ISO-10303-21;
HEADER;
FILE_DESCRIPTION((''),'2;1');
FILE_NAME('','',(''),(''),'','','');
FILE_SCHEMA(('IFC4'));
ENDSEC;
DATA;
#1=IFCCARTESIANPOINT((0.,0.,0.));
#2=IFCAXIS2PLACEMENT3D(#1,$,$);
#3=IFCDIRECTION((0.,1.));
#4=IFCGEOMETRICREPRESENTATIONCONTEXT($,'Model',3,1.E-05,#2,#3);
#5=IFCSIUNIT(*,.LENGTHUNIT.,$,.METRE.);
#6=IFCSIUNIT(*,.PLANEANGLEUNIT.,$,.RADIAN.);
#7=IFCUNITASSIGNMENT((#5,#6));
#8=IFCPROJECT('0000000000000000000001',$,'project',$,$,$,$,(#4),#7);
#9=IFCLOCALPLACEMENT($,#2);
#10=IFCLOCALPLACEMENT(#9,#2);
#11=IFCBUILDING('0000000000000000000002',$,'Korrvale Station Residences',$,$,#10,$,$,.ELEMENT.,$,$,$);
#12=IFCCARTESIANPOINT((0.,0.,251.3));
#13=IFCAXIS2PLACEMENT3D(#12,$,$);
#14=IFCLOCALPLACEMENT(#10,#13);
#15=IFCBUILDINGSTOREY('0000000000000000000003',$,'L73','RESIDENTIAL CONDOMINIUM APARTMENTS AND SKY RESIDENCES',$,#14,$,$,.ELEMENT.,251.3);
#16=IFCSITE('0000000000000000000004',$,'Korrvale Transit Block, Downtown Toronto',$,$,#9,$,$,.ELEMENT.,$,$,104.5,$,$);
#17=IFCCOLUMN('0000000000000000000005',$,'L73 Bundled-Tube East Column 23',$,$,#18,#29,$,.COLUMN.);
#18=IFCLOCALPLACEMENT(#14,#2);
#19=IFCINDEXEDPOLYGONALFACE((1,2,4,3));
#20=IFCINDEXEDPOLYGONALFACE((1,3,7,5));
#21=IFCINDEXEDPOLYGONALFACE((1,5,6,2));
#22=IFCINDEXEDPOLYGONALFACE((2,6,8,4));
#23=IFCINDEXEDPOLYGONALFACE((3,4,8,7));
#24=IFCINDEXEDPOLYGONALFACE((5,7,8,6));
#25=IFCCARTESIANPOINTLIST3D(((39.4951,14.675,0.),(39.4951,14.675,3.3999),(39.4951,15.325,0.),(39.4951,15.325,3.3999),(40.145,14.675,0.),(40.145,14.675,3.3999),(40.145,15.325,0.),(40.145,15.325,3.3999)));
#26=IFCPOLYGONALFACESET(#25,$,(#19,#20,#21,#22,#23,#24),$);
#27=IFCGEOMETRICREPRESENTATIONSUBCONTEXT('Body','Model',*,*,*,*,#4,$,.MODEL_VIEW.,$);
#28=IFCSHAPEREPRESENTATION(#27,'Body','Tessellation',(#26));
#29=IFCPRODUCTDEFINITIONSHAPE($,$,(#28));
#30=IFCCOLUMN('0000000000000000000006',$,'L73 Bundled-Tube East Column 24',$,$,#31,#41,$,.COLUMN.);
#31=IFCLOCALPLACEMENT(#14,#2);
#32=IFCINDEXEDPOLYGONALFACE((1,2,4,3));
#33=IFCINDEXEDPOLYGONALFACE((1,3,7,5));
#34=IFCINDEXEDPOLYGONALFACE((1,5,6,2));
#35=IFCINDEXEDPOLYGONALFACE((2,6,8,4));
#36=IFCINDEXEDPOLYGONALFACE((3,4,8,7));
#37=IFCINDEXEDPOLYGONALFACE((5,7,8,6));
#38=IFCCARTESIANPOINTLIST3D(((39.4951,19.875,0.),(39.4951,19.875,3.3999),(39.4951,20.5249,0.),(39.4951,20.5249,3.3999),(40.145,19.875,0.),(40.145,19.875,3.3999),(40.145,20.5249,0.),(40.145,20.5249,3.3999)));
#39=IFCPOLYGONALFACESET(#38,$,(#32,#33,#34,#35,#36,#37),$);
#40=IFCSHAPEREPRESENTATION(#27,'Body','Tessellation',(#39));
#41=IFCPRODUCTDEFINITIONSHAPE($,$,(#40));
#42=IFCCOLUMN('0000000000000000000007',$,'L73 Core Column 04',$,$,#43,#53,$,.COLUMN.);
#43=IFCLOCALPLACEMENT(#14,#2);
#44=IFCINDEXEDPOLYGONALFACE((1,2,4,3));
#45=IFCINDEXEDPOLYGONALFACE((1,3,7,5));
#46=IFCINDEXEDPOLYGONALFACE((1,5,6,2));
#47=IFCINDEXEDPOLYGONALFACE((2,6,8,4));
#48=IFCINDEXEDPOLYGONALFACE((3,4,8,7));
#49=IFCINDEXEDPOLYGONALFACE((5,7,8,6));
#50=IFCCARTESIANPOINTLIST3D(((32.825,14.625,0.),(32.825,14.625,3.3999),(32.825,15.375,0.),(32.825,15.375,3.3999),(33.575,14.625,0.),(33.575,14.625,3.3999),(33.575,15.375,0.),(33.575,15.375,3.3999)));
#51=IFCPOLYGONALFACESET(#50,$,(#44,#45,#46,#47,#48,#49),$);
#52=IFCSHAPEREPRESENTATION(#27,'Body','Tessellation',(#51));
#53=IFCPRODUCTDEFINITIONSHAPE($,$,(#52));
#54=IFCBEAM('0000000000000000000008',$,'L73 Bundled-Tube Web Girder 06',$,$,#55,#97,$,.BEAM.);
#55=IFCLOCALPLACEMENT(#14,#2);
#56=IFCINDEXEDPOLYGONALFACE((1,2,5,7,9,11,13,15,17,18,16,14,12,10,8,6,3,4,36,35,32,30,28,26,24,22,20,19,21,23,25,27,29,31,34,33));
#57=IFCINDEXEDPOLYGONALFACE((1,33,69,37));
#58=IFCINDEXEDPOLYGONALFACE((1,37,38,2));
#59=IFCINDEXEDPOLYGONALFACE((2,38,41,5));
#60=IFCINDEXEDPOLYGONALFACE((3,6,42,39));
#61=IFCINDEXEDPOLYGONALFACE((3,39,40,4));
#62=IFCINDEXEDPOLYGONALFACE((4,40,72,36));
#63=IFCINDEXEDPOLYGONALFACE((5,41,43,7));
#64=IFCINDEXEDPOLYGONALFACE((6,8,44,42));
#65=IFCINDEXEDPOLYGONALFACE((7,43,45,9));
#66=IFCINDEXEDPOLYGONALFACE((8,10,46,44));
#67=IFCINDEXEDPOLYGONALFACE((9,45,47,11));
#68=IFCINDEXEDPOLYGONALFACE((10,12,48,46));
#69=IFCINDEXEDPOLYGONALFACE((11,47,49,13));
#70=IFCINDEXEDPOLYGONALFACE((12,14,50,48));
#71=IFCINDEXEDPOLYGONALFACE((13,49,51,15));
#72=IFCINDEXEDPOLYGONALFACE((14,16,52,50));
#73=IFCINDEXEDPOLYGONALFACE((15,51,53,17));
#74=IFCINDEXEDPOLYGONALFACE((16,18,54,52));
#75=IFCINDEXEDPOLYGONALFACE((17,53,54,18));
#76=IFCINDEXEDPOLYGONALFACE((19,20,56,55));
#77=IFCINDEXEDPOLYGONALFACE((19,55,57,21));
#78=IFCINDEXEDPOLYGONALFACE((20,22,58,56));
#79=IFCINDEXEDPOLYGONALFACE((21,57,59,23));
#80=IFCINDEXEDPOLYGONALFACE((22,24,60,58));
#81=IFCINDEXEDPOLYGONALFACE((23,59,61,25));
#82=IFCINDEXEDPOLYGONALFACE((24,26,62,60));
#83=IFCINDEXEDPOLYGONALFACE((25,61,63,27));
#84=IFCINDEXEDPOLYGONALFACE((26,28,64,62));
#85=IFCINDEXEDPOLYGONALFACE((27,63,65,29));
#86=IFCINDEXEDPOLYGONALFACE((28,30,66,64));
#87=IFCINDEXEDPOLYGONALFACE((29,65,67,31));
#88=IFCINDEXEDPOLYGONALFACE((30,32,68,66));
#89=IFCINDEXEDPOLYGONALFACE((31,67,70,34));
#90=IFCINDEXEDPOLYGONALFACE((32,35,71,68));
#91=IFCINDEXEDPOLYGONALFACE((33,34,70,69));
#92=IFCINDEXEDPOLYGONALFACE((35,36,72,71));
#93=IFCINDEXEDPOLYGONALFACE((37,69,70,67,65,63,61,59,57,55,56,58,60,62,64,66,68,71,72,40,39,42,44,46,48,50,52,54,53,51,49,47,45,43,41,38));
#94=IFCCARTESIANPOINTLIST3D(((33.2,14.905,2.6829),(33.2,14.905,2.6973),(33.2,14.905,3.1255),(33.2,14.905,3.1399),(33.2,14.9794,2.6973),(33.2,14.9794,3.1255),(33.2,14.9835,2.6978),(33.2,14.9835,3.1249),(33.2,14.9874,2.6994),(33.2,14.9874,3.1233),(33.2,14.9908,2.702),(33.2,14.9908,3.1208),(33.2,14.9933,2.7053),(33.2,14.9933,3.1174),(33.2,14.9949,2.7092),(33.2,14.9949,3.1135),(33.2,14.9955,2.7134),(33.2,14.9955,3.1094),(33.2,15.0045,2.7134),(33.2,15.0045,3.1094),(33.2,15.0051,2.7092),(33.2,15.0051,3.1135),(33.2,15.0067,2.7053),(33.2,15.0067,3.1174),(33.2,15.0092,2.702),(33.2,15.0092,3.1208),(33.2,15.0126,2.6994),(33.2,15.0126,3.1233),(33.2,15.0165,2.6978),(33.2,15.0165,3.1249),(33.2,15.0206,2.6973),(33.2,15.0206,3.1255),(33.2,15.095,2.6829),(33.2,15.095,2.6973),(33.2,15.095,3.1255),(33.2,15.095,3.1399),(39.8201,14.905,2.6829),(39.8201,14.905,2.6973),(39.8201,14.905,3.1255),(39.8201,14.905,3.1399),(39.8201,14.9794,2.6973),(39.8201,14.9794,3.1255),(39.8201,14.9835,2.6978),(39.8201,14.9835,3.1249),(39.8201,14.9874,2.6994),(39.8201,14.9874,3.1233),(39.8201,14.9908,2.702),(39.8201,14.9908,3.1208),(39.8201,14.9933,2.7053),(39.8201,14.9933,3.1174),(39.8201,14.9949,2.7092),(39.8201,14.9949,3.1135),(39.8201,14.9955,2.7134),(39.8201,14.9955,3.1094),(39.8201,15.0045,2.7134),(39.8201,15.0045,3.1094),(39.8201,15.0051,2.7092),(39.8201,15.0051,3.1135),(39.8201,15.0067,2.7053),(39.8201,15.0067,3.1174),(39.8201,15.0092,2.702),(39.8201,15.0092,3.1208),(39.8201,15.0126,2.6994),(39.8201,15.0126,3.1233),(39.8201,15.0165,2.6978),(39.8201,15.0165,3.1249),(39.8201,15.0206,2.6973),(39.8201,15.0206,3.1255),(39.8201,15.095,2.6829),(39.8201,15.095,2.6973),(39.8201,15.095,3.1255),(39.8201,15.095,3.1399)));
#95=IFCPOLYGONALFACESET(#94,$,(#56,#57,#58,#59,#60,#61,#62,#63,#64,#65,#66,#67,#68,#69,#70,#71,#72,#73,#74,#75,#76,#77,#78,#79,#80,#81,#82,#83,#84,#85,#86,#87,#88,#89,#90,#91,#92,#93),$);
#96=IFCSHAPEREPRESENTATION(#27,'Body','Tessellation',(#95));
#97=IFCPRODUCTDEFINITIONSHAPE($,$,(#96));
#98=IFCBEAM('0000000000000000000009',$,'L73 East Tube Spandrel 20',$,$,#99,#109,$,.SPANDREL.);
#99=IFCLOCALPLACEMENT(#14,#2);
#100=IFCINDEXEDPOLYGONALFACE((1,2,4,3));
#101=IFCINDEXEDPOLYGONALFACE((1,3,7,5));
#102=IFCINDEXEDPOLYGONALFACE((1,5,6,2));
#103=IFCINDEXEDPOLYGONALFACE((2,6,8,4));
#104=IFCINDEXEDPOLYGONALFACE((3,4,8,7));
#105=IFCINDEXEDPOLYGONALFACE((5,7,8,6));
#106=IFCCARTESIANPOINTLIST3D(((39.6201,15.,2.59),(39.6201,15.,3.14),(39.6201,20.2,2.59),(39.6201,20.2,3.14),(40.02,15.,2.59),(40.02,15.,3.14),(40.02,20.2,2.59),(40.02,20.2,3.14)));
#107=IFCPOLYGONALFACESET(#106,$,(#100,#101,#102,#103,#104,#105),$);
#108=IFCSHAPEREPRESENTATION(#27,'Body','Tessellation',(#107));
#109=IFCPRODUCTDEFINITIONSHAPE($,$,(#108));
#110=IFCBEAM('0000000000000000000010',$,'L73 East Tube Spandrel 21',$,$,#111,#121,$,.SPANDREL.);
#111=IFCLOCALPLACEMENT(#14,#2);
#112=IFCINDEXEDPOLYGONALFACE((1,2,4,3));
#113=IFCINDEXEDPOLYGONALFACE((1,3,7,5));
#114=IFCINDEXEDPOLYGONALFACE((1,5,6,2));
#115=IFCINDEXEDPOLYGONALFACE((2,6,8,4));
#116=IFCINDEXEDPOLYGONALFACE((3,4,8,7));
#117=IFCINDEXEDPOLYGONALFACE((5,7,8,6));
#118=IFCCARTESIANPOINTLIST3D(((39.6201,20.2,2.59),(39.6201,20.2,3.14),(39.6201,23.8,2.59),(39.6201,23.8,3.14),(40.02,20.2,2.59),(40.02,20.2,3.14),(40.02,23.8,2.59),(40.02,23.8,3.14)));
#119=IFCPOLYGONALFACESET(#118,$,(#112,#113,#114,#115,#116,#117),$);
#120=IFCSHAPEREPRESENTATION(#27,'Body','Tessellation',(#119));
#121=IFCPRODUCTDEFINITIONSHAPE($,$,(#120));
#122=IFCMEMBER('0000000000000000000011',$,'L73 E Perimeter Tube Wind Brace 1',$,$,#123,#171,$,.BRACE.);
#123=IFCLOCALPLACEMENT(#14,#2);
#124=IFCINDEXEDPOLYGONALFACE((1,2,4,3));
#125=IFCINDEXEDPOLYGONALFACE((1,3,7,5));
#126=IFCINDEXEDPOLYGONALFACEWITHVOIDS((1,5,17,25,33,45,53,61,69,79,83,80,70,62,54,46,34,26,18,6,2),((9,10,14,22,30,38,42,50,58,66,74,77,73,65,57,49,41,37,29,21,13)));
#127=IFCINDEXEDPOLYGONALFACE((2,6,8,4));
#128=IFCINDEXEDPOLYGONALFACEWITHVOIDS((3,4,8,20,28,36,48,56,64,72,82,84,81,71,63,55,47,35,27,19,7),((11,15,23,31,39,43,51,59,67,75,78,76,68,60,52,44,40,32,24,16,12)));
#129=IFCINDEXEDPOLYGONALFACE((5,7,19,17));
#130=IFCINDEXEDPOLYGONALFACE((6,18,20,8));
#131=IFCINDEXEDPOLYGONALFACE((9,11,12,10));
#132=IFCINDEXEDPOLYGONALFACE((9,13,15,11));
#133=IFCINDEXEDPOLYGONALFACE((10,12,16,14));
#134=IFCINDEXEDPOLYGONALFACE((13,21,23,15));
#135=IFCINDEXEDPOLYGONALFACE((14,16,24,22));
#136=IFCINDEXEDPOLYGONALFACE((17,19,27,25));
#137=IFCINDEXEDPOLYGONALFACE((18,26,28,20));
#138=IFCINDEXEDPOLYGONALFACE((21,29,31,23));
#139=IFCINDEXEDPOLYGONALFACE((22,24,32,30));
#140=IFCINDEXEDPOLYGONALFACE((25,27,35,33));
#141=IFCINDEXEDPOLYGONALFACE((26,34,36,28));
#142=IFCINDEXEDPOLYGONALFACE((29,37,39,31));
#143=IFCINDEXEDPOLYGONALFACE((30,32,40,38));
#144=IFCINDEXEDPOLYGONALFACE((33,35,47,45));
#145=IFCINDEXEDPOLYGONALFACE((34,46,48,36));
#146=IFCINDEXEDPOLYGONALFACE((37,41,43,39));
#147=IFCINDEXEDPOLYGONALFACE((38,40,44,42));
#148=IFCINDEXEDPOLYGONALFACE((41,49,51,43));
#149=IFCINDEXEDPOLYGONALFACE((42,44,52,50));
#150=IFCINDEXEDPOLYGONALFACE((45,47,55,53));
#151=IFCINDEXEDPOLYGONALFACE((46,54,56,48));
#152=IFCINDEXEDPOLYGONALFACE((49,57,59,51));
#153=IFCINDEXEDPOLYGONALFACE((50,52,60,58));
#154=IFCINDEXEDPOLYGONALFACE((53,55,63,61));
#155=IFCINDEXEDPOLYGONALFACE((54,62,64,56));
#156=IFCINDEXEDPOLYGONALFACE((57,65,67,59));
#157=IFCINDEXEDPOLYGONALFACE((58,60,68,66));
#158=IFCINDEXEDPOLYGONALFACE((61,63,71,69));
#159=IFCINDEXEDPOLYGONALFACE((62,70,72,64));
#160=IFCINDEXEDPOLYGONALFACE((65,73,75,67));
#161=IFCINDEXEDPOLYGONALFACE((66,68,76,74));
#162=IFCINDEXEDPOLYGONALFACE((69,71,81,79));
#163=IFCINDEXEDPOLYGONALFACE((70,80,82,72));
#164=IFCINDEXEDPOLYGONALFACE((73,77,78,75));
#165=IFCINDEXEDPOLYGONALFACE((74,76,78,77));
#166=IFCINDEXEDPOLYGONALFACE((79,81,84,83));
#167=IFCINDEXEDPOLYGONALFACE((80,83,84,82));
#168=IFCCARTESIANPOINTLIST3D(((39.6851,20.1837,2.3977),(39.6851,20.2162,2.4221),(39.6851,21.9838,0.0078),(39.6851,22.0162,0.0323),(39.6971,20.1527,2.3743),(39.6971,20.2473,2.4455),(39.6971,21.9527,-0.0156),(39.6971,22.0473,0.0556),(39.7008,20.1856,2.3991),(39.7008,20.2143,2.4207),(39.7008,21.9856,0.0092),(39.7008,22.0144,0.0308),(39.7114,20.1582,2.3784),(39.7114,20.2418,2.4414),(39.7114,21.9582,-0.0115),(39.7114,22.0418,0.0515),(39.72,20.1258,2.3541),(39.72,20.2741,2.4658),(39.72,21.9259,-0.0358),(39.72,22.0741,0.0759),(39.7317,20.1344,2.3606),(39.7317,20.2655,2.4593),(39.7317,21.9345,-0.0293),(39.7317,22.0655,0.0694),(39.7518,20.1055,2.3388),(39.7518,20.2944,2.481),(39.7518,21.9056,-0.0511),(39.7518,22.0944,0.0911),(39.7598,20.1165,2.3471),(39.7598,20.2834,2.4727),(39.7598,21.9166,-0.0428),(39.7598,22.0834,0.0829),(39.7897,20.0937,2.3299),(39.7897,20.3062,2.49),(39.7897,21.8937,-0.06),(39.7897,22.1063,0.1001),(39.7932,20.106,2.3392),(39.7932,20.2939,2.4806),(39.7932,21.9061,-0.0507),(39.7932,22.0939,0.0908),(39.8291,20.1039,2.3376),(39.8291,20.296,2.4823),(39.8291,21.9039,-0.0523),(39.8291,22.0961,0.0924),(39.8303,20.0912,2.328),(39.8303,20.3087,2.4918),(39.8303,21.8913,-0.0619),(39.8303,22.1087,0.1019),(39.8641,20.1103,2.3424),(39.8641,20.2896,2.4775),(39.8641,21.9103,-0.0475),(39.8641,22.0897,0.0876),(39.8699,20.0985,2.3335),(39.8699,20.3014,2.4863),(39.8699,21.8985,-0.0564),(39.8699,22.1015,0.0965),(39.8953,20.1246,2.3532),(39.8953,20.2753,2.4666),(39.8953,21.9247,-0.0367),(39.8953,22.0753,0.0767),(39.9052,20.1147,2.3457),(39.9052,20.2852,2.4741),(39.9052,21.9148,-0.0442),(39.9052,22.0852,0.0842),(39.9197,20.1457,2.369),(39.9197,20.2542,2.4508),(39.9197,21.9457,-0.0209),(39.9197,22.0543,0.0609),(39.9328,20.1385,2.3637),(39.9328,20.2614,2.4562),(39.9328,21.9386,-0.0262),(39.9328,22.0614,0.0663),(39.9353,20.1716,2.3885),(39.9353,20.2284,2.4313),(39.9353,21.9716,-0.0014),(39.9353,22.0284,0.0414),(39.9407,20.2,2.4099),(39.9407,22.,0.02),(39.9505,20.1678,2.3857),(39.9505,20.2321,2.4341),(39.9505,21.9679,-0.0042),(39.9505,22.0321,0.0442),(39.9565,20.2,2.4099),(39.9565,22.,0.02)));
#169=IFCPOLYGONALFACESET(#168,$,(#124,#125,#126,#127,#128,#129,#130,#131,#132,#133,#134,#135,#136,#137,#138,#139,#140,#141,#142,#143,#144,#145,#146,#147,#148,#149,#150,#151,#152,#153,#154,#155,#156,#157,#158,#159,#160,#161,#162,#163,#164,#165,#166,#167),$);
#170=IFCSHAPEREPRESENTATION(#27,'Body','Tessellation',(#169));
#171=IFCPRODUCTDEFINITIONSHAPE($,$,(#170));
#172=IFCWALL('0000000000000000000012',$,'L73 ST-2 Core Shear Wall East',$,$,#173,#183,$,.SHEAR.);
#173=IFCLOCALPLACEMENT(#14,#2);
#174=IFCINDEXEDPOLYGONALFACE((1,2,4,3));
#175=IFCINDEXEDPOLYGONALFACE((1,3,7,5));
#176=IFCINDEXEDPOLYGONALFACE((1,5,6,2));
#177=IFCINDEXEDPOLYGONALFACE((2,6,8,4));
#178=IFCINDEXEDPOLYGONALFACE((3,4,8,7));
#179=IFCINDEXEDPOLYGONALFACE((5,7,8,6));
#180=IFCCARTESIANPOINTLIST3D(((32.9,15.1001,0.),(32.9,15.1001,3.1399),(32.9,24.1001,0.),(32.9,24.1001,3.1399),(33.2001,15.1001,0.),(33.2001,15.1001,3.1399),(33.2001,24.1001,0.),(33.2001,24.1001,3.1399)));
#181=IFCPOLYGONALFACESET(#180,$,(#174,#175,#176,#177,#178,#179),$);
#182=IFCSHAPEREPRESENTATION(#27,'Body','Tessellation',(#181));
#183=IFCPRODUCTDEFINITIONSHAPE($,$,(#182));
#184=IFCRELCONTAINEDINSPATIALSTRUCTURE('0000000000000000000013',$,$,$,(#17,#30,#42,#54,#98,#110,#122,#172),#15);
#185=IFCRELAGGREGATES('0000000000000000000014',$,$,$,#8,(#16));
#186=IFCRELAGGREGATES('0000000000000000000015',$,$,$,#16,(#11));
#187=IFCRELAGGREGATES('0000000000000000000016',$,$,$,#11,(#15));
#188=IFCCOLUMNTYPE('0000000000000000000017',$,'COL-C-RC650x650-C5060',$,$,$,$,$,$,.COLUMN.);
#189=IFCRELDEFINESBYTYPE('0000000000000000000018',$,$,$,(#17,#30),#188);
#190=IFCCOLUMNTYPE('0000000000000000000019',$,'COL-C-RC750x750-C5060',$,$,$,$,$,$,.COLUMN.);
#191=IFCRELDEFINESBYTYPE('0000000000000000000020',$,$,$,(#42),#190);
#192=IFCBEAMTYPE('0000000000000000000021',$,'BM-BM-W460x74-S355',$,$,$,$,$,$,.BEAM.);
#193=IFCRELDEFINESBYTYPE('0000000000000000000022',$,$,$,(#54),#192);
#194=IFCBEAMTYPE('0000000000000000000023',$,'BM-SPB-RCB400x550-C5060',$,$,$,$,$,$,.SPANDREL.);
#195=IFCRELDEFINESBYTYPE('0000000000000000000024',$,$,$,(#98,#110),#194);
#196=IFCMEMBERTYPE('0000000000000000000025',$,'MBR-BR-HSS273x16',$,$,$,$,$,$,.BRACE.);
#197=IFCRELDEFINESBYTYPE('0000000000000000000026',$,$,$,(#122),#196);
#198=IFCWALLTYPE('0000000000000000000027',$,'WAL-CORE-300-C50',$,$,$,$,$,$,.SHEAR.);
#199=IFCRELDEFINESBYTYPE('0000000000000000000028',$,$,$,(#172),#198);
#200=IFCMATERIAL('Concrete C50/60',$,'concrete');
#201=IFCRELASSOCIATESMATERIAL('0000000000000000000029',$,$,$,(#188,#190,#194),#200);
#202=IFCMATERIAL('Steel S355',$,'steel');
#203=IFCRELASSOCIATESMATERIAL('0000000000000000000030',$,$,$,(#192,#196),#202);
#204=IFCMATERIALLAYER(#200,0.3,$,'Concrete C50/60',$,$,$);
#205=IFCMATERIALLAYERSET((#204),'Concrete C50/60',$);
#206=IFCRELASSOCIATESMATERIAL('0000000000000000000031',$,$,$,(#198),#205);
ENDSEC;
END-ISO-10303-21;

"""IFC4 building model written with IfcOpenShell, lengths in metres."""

from ifc_helpers import new_model, si_unit, direction, frame, frame_2d, origin, origin_2d, place, context, subcontext, project, spatial, rectangle, hollow_circle, i_section, extrude, material, layer, layer_set, material_profile, profile_set, type_object, element, save


model = new_model("IFC4")

# Units and contexts
model_context = context("Model", 3, precision=1e-05, world=origin(), true_north=direction((0.0, 1.0)))
body_context = subcontext(model_context, "Body", "Model", "MODEL_VIEW")
ifc_project = project(units=[si_unit("LENGTHUNIT", "METRE"), si_unit("PLANEANGLEUNIT", "RADIAN")], contexts=[model_context])

# Site, building, storey
site_placement = place(None, origin())
site = spatial("IfcSite", under=ifc_project, at=site_placement, Name="Korrvale Transit Block, Downtown Toronto", CompositionType="ELEMENT", RefElevation=104.5)
building_placement = place(site_placement, origin())
building = spatial("IfcBuilding", under=site, at=building_placement, Name="Korrvale Station Residences", CompositionType="ELEMENT")
storey_placement = place(building_placement, frame((0.0, 0.0, 251.3)))
storey = spatial("IfcBuildingStorey", under=building, at=storey_placement, Name="L73", Description="RESIDENTIAL CONDOMINIUM APARTMENTS AND SKY RESIDENCES", CompositionType="ELEMENT", Elevation=251.3)

# Columns
ifc_material_1 = material(Name="Concrete C50/60", Category="concrete")
ifc_material_profile_1 = material_profile(ifc_material_1, rectangle(XDim=0.6499, YDim=0.6499, at=origin_2d()), Name="RC650x650")
ifc_profile_set_1 = profile_set([ifc_material_profile_1], Name="Concrete C50/60")
column_type_1 = type_object("IfcColumnType", Name="COL-C-RC650x650-C5060", PredefinedType="COLUMN", material=ifc_profile_set_1)
for number, where, z_axis, x_axis, name in (
    (1, (39.8201, 15.0, 0.0), (0.0, 0.0, 1.0), (1.0, 0.0, 0.0), "L73 Bundled-Tube East Column 23"),
    (2, (39.8201, 20.2, 0.0), (0.0, 0.0, 1.0), (1.0, 0.0, 0.0), "L73 Bundled-Tube East Column 24"),
):
    element("IfcColumn", number, at=place(storey_placement, frame(where, z_axis=z_axis, x_axis=x_axis)), inside=storey, type_object=column_type_1, Name=name, PredefinedType="COLUMN", context=body_context, shape_type="SweptSolid", body=[
        extrude(rectangle(XDim=0.6499, YDim=0.6499, at=origin_2d()), origin(), (0.0, 0.0, 1.0), 3.3999),
    ])
ifc_material_profile_2 = material_profile(ifc_material_1, rectangle(XDim=0.75, YDim=0.75, at=origin_2d()), Name="RC750x750")
ifc_profile_set_2 = profile_set([ifc_material_profile_2], Name="Concrete C50/60")
column_type_2 = type_object("IfcColumnType", Name="COL-C-RC750x750-C5060", PredefinedType="COLUMN", material=ifc_profile_set_2)
column_placement = place(storey_placement, frame((33.2, 15.0, 0.0), z_axis=(0.0, 0.0, 1.0), x_axis=(1.0, 0.0, 0.0)))
element("IfcColumn", 3, at=column_placement, inside=storey, type_object=column_type_2, Name="L73 Core Column 04", PredefinedType="COLUMN", context=body_context, shape_type="SweptSolid", body=[
    extrude(rectangle(XDim=0.75, YDim=0.75, at=origin_2d()), origin(), (0.0, 0.0, 1.0), 3.3999),
])

# Beams
ifc_material_2 = material(Name="Steel S355", Category="steel")
ifc_material_profile_3 = material_profile(ifc_material_2, i_section(OverallWidth=0.1899, OverallDepth=0.457, WebThickness=0.009, FlangeThickness=0.0144, FilletRadius=0.0161, at=origin_2d()), Name="W460x74")
ifc_profile_set_3 = profile_set([ifc_material_profile_3], Name="Steel S355")
beam_type_1 = type_object("IfcBeamType", Name="BM-BM-W460x74-S355", PredefinedType="BEAM", material=ifc_profile_set_3)
beam_1_placement = place(storey_placement, frame((33.2, 15.0, 2.9114), z_axis=(1.0, 0.0, 0.0), x_axis=(0.0, 1.0, 0.0)))
element("IfcBeam", 4, at=beam_1_placement, inside=storey, type_object=beam_type_1, Name="L73 Bundled-Tube Web Girder 06", PredefinedType="BEAM", context=body_context, shape_type="SweptSolid", body=[
    extrude(i_section(OverallWidth=0.1899, OverallDepth=0.457, WebThickness=0.009, FlangeThickness=0.0144, FilletRadius=0.0161, at=origin_2d()), origin(), (0.0, 0.0, 1.0), 6.6201),
])
ifc_material_profile_4 = material_profile(ifc_material_1, rectangle(XDim=0.3999, YDim=0.55, at=origin_2d()), Name="RCB400x550")
ifc_profile_set_4 = profile_set([ifc_material_profile_4], Name="Concrete C50/60")
beam_type_2 = type_object("IfcBeamType", Name="BM-SPB-RCB400x550-C5060", PredefinedType="SPANDREL", material=ifc_profile_set_4)
beam_2_placement = place(storey_placement, frame((39.8201, 15.0, 2.865), z_axis=(0.0, 1.0, 0.0), x_axis=(-1.0, 0.0, 0.0)))
element("IfcBeam", 5, at=beam_2_placement, inside=storey, type_object=beam_type_2, Name="L73 East Tube Spandrel 20", PredefinedType="SPANDREL", context=body_context, shape_type="SweptSolid", body=[
    extrude(rectangle(XDim=0.3999, YDim=0.55, at=origin_2d()), origin(), (0.0, 0.0, 1.0), 5.2),
])
beam_3_placement = place(storey_placement, frame((39.8201, 20.2, 2.865), z_axis=(0.0, 1.0, 0.0), x_axis=(-1.0, 0.0, 0.0)))
element("IfcBeam", 6, at=beam_3_placement, inside=storey, type_object=beam_type_2, Name="L73 East Tube Spandrel 21", PredefinedType="SPANDREL", context=body_context, shape_type="SweptSolid", body=[
    extrude(rectangle(XDim=0.3999, YDim=0.55, at=origin_2d()), origin(), (0.0, 0.0, 1.0), 3.6001),
])

# Member
ifc_material_profile_5 = material_profile(ifc_material_2, hollow_circle(Radius=0.1365, WallThickness=0.0159, at=origin_2d()), Name="HSS273x16")
ifc_profile_set_5 = profile_set([ifc_material_profile_5], Name="Steel S355")
member_type = type_object("IfcMemberType", Name="MBR-BR-HSS273x16", PredefinedType="BRACE", material=ifc_profile_set_5)
member_placement = place(storey_placement, frame((39.8201, 22.0, 0.02), z_axis=(0.0, -0.601631, 0.798774), x_axis=(1.0, 0.0, 0.0)))
element("IfcMember", 7, at=member_placement, inside=storey, type_object=member_type, Name="L73 E Perimeter Tube Wind Brace 1", PredefinedType="BRACE", context=body_context, shape_type="SweptSolid", body=[
    extrude(hollow_circle(Radius=0.1365, WallThickness=0.0159, at=origin_2d()), origin(), (0.0, 0.0, 1.0), 2.9919),
])

# Wall
ifc_layer_1 = layer(ifc_material_1, 0.3, Name="Concrete C50/60")
ifc_layer_set_1 = layer_set([ifc_layer_1], Name="Concrete C50/60")
wall_type_1 = type_object("IfcWallType", Name="WAL-CORE-300-C50", PredefinedType="SHEAR", material=ifc_layer_set_1)
wall_1_placement = place(storey_placement, frame((33.05, 15.1001, 0.0), z_axis=(0.0, 0.0, 1.0), x_axis=(0.0, 1.0, 0.0)))
element("IfcWall", 8, at=wall_1_placement, inside=storey, type_object=wall_type_1, Name="L73 ST-2 Core Shear Wall East", PredefinedType="SHEAR", context=body_context, shape_type="SweptSolid", body=[
    extrude(rectangle(XDim=9.0, YDim=0.3, at=frame_2d((4.5, 0.0))), origin(), (0.0, 0.0, 1.0), 3.1399),
])

save(model, "model.ifc")
